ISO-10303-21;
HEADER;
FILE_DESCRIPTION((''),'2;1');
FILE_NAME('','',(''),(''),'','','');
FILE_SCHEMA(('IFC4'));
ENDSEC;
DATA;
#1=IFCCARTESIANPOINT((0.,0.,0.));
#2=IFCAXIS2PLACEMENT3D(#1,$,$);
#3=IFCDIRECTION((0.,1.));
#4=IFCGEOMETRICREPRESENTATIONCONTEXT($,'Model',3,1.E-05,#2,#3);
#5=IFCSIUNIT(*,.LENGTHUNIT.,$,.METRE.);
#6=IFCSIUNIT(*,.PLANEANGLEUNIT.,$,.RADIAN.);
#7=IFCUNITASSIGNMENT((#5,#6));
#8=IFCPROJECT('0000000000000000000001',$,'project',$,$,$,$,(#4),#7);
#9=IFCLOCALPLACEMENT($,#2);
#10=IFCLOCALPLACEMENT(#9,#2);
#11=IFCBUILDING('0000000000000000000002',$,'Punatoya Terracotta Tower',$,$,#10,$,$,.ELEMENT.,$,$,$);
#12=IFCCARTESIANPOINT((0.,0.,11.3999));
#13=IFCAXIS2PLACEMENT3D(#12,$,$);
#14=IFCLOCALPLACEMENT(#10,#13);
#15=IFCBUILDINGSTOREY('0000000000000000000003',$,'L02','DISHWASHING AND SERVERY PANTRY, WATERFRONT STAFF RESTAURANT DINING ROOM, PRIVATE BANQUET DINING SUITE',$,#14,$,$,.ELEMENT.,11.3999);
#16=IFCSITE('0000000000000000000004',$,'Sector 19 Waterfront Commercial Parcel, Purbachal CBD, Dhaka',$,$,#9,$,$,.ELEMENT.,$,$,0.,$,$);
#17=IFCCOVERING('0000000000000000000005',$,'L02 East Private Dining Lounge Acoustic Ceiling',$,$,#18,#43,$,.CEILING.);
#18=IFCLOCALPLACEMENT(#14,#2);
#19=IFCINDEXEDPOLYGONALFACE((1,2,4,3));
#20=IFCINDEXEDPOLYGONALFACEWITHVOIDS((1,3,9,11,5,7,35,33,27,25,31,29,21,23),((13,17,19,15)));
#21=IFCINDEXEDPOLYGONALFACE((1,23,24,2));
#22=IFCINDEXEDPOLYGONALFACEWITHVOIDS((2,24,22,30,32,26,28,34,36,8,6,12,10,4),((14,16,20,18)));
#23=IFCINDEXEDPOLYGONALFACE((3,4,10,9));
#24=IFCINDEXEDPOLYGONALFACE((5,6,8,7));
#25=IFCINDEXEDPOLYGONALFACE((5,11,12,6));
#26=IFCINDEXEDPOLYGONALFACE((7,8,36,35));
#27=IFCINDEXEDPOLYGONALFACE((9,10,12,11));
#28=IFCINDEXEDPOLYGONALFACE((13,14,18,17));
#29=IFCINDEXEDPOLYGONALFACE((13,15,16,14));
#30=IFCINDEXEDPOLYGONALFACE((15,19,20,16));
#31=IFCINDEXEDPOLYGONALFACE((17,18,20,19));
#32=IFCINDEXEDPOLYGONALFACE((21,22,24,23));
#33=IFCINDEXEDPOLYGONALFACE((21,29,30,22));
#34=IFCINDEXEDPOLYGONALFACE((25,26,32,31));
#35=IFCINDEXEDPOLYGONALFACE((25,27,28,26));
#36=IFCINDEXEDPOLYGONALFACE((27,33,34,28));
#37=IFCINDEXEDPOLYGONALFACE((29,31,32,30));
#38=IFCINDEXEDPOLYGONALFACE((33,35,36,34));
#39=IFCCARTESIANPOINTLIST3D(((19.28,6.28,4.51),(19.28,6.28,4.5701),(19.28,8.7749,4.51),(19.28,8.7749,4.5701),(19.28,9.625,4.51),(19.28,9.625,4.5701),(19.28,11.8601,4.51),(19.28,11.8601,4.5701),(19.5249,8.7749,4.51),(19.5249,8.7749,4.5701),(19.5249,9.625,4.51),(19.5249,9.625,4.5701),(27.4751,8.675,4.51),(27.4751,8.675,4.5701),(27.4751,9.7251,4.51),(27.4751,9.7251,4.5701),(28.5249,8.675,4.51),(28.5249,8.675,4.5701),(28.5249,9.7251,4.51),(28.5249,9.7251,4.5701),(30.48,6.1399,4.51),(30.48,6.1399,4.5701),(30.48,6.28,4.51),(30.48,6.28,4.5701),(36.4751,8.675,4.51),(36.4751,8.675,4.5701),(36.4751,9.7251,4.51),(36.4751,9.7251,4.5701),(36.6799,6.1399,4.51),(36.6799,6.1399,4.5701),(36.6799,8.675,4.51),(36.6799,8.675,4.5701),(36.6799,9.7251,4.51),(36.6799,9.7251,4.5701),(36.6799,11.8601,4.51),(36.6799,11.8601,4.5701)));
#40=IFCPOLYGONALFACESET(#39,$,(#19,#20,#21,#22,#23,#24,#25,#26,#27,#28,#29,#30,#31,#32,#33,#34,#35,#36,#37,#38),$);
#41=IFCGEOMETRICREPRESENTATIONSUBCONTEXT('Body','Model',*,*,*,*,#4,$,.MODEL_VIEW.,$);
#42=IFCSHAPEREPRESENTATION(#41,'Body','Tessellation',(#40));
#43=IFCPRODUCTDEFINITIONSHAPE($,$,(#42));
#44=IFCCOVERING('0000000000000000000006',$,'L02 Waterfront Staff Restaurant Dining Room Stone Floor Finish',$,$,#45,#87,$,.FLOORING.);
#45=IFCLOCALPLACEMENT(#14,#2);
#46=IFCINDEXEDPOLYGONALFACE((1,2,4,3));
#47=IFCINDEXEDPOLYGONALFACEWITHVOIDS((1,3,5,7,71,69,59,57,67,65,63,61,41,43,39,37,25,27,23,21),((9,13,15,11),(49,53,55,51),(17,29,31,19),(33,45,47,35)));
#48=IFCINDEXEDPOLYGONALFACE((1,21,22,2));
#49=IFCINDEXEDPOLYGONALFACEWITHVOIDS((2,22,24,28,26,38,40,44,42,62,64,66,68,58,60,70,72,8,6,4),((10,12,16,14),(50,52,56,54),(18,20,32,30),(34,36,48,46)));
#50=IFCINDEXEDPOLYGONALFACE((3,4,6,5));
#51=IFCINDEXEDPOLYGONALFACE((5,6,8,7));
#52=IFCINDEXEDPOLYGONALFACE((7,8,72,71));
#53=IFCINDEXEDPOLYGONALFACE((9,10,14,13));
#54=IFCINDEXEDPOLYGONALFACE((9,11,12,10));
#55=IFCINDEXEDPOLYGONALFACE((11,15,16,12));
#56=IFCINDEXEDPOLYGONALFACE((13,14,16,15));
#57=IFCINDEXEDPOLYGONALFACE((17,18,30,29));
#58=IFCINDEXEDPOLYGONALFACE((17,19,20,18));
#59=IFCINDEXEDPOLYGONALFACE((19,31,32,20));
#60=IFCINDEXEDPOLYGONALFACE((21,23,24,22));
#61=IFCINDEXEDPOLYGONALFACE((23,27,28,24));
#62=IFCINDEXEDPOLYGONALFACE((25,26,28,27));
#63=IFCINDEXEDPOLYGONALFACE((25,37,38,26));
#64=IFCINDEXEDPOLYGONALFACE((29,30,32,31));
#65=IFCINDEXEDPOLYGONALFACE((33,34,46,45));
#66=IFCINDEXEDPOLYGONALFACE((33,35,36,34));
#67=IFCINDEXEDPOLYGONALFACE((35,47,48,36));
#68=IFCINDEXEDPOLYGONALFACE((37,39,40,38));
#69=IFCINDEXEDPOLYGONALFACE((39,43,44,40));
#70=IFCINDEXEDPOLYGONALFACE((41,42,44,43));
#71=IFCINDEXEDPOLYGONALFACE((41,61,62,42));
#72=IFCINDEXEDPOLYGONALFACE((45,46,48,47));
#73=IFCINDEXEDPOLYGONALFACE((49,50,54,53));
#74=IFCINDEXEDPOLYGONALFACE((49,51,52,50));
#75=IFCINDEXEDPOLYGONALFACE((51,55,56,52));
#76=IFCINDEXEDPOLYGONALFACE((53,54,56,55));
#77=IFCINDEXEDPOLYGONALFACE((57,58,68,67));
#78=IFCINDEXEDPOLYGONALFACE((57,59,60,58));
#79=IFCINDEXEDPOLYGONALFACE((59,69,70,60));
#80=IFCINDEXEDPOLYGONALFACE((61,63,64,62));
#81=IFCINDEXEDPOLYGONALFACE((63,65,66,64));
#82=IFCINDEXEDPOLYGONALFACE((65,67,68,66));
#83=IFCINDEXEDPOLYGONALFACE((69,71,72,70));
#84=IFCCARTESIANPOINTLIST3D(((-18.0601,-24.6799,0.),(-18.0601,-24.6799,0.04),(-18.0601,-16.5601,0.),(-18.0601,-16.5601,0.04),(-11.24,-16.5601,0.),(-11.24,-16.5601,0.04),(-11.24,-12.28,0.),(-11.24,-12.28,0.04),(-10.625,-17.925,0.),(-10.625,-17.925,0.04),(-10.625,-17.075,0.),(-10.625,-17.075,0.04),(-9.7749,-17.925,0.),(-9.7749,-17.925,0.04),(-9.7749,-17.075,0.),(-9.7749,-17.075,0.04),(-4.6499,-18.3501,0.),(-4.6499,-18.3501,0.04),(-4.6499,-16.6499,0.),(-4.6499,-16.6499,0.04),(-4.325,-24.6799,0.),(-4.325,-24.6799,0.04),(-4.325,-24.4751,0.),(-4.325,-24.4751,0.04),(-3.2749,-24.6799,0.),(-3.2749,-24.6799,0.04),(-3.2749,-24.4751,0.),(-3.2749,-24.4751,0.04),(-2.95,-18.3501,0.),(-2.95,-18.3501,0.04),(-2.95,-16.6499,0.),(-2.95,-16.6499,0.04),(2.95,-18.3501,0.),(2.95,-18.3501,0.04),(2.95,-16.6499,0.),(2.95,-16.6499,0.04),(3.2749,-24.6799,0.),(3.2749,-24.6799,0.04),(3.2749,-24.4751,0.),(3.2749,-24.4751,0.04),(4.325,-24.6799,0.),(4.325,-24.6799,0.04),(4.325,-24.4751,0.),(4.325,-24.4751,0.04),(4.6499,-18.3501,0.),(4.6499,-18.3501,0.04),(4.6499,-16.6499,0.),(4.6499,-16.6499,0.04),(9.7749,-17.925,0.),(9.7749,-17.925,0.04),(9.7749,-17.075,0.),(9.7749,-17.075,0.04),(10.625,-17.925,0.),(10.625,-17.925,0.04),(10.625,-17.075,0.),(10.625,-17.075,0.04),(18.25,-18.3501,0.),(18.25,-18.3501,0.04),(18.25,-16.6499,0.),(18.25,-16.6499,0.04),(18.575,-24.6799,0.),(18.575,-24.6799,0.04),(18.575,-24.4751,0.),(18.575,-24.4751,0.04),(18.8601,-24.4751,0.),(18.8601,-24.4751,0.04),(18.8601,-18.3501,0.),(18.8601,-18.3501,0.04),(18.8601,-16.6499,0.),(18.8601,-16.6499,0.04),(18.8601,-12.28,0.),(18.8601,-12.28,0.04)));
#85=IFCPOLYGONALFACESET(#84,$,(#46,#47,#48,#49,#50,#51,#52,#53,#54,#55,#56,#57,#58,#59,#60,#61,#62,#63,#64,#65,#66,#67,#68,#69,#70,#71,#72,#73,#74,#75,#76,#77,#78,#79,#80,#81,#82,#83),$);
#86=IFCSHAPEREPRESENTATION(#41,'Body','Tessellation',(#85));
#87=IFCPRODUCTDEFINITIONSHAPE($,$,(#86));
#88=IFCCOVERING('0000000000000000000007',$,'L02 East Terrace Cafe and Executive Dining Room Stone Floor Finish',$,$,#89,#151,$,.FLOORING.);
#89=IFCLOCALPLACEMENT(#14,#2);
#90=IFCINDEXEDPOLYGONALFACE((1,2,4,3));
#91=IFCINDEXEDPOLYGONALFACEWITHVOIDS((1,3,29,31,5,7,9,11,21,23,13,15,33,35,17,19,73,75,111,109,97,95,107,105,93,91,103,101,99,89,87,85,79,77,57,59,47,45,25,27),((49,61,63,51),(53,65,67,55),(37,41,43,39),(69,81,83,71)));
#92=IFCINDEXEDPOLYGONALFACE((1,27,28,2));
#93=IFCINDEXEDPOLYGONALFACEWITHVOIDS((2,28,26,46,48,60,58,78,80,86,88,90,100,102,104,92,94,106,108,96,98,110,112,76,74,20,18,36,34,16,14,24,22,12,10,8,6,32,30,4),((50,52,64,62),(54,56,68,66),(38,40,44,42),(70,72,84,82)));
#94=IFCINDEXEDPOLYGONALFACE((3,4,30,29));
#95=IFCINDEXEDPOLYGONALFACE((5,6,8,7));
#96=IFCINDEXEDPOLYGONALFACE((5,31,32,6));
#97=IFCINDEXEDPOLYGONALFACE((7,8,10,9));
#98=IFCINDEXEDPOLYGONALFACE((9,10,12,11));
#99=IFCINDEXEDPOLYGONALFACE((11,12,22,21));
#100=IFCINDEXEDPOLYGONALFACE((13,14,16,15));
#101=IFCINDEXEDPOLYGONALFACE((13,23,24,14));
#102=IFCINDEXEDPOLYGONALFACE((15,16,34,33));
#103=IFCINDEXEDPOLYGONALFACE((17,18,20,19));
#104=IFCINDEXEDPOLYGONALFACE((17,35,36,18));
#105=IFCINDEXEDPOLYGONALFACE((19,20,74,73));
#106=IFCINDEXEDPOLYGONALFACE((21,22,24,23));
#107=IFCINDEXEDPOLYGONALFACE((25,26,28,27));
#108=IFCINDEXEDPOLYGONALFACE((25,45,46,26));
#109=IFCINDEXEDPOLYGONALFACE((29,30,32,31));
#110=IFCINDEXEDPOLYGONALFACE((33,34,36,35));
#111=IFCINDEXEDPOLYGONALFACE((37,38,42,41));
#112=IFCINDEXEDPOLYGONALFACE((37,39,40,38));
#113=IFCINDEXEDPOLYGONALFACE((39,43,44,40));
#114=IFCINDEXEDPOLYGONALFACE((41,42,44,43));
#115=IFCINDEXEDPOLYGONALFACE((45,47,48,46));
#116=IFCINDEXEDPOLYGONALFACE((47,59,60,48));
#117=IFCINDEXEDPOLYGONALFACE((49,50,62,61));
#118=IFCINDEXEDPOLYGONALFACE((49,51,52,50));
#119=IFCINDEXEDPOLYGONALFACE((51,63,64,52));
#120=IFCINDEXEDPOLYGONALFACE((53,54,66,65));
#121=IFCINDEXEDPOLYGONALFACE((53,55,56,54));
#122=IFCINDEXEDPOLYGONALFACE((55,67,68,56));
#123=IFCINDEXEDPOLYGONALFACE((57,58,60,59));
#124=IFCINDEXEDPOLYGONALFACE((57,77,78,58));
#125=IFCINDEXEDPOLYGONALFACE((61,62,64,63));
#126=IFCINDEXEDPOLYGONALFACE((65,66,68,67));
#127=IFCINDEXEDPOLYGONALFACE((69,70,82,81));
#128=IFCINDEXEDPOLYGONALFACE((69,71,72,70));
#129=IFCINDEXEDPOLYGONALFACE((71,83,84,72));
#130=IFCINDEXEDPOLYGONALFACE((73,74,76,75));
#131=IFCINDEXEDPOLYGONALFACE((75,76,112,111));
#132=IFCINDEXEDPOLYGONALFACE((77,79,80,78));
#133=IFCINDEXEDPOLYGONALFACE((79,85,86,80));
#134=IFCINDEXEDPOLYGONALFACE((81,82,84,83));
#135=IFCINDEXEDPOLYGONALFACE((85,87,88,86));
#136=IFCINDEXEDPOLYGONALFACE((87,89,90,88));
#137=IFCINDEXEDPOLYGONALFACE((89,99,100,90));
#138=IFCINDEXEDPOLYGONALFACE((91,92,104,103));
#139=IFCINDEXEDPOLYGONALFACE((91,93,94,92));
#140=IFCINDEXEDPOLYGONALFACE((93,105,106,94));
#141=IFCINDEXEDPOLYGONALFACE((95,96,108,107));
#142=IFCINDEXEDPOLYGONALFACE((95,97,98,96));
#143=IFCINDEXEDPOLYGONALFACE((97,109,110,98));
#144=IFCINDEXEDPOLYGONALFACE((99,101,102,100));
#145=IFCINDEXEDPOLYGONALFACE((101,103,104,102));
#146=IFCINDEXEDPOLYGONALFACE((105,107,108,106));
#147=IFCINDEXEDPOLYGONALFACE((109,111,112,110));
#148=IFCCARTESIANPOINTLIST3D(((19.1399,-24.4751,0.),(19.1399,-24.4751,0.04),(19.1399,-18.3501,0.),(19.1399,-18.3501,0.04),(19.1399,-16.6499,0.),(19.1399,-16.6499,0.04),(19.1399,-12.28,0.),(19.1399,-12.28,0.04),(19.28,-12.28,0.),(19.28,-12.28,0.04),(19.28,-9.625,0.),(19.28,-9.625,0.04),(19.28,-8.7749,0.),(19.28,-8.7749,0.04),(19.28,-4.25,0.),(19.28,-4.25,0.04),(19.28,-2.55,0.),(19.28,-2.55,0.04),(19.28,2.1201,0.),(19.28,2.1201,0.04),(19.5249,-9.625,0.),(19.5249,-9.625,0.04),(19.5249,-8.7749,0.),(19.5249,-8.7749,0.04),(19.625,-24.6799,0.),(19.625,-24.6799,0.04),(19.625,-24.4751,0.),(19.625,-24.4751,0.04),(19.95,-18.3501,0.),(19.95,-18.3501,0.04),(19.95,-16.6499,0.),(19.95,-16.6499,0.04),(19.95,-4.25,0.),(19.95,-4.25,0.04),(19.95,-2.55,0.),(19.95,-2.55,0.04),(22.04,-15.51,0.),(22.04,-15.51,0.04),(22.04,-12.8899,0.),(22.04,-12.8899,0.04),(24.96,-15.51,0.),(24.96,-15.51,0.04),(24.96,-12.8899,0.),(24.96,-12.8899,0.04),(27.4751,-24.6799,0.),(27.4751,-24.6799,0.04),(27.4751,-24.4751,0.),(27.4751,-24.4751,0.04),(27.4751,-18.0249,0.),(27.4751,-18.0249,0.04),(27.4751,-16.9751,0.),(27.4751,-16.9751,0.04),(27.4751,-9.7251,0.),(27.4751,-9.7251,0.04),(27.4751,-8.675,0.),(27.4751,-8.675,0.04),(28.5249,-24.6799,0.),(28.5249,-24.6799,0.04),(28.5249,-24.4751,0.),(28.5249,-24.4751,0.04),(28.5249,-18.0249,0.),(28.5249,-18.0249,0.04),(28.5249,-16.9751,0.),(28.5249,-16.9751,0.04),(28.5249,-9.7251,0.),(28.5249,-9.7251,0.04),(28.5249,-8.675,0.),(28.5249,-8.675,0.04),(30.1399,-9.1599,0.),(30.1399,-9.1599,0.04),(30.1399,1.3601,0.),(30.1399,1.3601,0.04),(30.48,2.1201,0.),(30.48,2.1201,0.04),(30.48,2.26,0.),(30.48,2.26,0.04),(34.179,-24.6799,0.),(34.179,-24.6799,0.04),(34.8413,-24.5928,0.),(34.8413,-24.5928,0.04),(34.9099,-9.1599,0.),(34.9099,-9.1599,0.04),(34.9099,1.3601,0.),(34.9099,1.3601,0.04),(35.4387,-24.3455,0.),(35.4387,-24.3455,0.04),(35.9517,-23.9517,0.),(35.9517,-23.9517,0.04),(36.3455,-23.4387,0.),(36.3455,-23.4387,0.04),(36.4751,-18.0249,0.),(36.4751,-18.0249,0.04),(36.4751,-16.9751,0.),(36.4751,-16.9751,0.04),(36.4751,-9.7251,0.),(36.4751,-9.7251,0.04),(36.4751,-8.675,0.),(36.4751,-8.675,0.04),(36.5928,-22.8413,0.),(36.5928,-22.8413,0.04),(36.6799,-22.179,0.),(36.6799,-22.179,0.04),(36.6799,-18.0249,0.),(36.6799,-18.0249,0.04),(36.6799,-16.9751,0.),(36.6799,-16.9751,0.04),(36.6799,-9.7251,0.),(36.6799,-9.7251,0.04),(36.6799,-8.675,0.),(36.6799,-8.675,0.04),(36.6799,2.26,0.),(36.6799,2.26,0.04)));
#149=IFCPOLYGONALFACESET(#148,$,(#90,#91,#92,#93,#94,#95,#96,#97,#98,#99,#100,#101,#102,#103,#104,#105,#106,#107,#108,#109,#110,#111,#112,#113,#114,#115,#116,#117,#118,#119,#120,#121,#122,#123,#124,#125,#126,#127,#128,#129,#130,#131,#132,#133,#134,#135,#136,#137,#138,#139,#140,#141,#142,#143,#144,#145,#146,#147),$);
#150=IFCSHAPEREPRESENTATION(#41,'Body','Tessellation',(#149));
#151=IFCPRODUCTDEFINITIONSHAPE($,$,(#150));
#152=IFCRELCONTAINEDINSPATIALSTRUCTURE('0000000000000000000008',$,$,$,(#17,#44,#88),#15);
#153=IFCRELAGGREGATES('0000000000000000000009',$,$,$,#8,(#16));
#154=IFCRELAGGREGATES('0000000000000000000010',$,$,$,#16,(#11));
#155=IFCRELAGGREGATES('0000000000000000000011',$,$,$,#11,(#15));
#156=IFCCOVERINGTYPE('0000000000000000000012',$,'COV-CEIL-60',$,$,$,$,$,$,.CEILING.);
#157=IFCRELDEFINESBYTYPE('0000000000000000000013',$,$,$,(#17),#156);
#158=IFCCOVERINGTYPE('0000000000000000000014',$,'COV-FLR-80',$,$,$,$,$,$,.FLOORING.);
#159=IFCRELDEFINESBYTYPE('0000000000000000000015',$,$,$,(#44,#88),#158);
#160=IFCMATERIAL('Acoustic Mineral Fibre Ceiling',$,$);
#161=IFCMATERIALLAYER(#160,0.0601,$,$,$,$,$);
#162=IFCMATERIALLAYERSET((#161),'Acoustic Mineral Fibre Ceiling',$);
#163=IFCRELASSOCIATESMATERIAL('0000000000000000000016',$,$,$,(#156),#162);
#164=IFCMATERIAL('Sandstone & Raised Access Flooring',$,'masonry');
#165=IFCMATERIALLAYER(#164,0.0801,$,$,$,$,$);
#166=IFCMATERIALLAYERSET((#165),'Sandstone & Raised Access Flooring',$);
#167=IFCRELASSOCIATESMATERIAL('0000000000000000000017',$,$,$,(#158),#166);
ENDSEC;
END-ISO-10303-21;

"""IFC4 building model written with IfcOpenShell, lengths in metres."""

from ifc_helpers import new_model, si_unit, direction, frame, origin, place, context, subcontext, project, spatial, polyline, outline, extrude, material, layer, layer_set, type_object, element, save


model = new_model("IFC4")

# Units and contexts
model_context = context("Model", 3, precision=1e-05, world=origin(), true_north=direction((0.0, 1.0)))
body_context = subcontext(model_context, "Body", "Model", "MODEL_VIEW")
ifc_project = project(units=[si_unit("LENGTHUNIT", "METRE"), si_unit("PLANEANGLEUNIT", "RADIAN")], contexts=[model_context])

# Site, building, storey
site_placement = place(None, origin())
site = spatial("IfcSite", under=ifc_project, at=site_placement, Name="Sector 19 Waterfront Commercial Parcel, Purbachal CBD, Dhaka", CompositionType="ELEMENT", RefElevation=0.0)
building_placement = place(site_placement, origin())
building = spatial("IfcBuilding", under=site, at=building_placement, Name="Punatoya Terracotta Tower", CompositionType="ELEMENT")
storey_placement = place(building_placement, frame((0.0, 0.0, 11.3999)))
storey = spatial("IfcBuildingStorey", under=building, at=storey_placement, Name="L02", Description="DISHWASHING AND SERVERY PANTRY, WATERFRONT STAFF RESTAURANT DINING ROOM, PRIVATE BANQUET DINING SUITE", CompositionType="ELEMENT", Elevation=11.3999)

# Coverings
ifc_material_1 = material(Name="Acoustic Mineral Fibre Ceiling")
ifc_layer_1 = layer(ifc_material_1, 0.0601)
ifc_layer_set_1 = layer_set([ifc_layer_1], Name="Acoustic Mineral Fibre Ceiling")
covering_type_1 = type_object("IfcCoveringType", Name="COV-CEIL-60", PredefinedType="CEILING", material=ifc_layer_set_1)
covering_1_placement = place(storey_placement, frame((0.0, 0.0, 4.51)))
element("IfcCovering", 1, at=covering_1_placement, inside=storey, type_object=covering_type_1, Name="L02 East Private Dining Lounge Acoustic Ceiling", PredefinedType="CEILING", context=body_context, shape_type="SweptSolid", body=[
    extrude(outline(polyline([(36.4751, 8.675), (36.4751, 9.7251), (36.6799, 9.7251), (36.6799, 11.8601), (19.28, 11.8601), (19.28, 9.625), (19.5249, 9.625), (19.5249, 8.7749), (19.28, 8.7749), (19.28, 6.28), (30.48, 6.28), (30.48, 6.1399), (36.6799, 6.1399), (36.6799, 8.675), (36.4751, 8.675)]), holes=[polyline([(28.5249, 8.675), (27.4751, 8.675), (27.4751, 9.7251), (28.5249, 9.7251), (28.5249, 8.675)])]), origin(), (0.0, 0.0, 1.0), 0.0601),
])
ifc_material_2 = material(Name="Sandstone & Raised Access Flooring", Category="masonry")
ifc_layer_2 = layer(ifc_material_2, 0.0801)
ifc_layer_set_2 = layer_set([ifc_layer_2], Name="Sandstone & Raised Access Flooring")
covering_type_2 = type_object("IfcCoveringType", Name="COV-FLR-80", PredefinedType="FLOORING", material=ifc_layer_set_2)
covering_2_placement = place(storey_placement, origin())
element("IfcCovering", 2, at=covering_2_placement, inside=storey, type_object=covering_type_2, Name="L02 Waterfront Staff Restaurant Dining Room Stone Floor Finish", PredefinedType="FLOORING", context=body_context, shape_type="SweptSolid", body=[
    extrude(outline(polyline([(-11.24, -16.5601), (-18.0601, -16.5601), (-18.0601, -24.6799), (-4.325, -24.6799), (-4.325, -24.4751), (-3.2749, -24.4751), (-3.2749, -24.6799), (3.2749, -24.6799), (3.2749, -24.4751), (4.325, -24.4751), (4.325, -24.6799), (18.575, -24.6799), (18.575, -24.4751), (18.8601, -24.4751), (18.8601, -18.3501), (18.25, -18.3501), (18.25, -16.6499), (18.8601, -16.6499), (18.8601, -12.28), (-11.24, -12.28), (-11.24, -16.5601)]), holes=[polyline([(9.7749, -17.075), (10.625, -17.075), (10.625, -17.925), (9.7749, -17.925), (9.7749, -17.075)]), polyline([(4.6499, -16.6499), (4.6499, -18.3501), (2.95, -18.3501), (2.95, -16.6499), (4.6499, -16.6499)]), polyline([(-4.6499, -16.6499), (-2.95, -16.6499), (-2.95, -18.3501), (-4.6499, -18.3501), (-4.6499, -16.6499)]), polyline([(-10.625, -17.925), (-10.625, -17.075), (-9.7749, -17.075), (-9.7749, -17.925), (-10.625, -17.925)])]), origin(), (0.0, 0.0, 1.0), 0.04),
])
covering_3_placement = place(storey_placement, origin())
element("IfcCovering", 3, at=covering_3_placement, inside=storey, type_object=covering_type_2, Name="L02 East Terrace Cafe and Executive Dining Room Stone Floor Finish", PredefinedType="FLOORING", context=body_context, shape_type="SweptSolid", body=[
    extrude(outline(polyline([(36.4751, -9.7251), (36.4751, -8.675), (36.6799, -8.675), (36.6799, 2.26), (30.48, 2.26), (30.48, 2.1201), (19.28, 2.1201), (19.28, -2.55), (19.95, -2.55), (19.95, -4.25), (19.28, -4.25), (19.28, -8.7749), (19.5249, -8.7749), (19.5249, -9.625), (19.28, -9.625), (19.28, -12.28), (19.1399, -12.28), (19.1399, -16.6499), (19.95, -16.6499), (19.95, -18.3501), (19.1399, -18.3501), (19.1399, -24.4751), (19.625, -24.4751), (19.625, -24.6799), (27.4751, -24.6799), (27.4751, -24.4751), (28.5249, -24.4751), (28.5249, -24.6799), (34.179, -24.6799), (34.8413, -24.5928), (35.4387, -24.3455), (35.9517, -23.9517), (36.3455, -23.4387), (36.5928, -22.8413), (36.6799, -22.179), (36.6799, -18.0249), (36.4751, -18.0249), (36.4751, -16.9751), (36.6799, -16.9751), (36.6799, -9.7251), (36.4751, -9.7251)]), holes=[polyline([(34.9099, -9.1599), (30.1399, -9.1599), (30.1399, 1.3601), (34.9099, 1.3601), (34.9099, -9.1599)]), polyline([(28.5249, -16.9751), (28.5249, -18.0249), (27.4751, -18.0249), (27.4751, -16.9751), (28.5249, -16.9751)]), polyline([(28.5249, -8.675), (28.5249, -9.7251), (27.4751, -9.7251), (27.4751, -8.675), (28.5249, -8.675)]), polyline([(24.96, -12.8899), (24.96, -15.51), (22.04, -15.51), (22.04, -12.8899), (24.96, -12.8899)])]), origin(), (0.0, 0.0, 1.0), 0.04),
])

save(model, "model.ifc")
